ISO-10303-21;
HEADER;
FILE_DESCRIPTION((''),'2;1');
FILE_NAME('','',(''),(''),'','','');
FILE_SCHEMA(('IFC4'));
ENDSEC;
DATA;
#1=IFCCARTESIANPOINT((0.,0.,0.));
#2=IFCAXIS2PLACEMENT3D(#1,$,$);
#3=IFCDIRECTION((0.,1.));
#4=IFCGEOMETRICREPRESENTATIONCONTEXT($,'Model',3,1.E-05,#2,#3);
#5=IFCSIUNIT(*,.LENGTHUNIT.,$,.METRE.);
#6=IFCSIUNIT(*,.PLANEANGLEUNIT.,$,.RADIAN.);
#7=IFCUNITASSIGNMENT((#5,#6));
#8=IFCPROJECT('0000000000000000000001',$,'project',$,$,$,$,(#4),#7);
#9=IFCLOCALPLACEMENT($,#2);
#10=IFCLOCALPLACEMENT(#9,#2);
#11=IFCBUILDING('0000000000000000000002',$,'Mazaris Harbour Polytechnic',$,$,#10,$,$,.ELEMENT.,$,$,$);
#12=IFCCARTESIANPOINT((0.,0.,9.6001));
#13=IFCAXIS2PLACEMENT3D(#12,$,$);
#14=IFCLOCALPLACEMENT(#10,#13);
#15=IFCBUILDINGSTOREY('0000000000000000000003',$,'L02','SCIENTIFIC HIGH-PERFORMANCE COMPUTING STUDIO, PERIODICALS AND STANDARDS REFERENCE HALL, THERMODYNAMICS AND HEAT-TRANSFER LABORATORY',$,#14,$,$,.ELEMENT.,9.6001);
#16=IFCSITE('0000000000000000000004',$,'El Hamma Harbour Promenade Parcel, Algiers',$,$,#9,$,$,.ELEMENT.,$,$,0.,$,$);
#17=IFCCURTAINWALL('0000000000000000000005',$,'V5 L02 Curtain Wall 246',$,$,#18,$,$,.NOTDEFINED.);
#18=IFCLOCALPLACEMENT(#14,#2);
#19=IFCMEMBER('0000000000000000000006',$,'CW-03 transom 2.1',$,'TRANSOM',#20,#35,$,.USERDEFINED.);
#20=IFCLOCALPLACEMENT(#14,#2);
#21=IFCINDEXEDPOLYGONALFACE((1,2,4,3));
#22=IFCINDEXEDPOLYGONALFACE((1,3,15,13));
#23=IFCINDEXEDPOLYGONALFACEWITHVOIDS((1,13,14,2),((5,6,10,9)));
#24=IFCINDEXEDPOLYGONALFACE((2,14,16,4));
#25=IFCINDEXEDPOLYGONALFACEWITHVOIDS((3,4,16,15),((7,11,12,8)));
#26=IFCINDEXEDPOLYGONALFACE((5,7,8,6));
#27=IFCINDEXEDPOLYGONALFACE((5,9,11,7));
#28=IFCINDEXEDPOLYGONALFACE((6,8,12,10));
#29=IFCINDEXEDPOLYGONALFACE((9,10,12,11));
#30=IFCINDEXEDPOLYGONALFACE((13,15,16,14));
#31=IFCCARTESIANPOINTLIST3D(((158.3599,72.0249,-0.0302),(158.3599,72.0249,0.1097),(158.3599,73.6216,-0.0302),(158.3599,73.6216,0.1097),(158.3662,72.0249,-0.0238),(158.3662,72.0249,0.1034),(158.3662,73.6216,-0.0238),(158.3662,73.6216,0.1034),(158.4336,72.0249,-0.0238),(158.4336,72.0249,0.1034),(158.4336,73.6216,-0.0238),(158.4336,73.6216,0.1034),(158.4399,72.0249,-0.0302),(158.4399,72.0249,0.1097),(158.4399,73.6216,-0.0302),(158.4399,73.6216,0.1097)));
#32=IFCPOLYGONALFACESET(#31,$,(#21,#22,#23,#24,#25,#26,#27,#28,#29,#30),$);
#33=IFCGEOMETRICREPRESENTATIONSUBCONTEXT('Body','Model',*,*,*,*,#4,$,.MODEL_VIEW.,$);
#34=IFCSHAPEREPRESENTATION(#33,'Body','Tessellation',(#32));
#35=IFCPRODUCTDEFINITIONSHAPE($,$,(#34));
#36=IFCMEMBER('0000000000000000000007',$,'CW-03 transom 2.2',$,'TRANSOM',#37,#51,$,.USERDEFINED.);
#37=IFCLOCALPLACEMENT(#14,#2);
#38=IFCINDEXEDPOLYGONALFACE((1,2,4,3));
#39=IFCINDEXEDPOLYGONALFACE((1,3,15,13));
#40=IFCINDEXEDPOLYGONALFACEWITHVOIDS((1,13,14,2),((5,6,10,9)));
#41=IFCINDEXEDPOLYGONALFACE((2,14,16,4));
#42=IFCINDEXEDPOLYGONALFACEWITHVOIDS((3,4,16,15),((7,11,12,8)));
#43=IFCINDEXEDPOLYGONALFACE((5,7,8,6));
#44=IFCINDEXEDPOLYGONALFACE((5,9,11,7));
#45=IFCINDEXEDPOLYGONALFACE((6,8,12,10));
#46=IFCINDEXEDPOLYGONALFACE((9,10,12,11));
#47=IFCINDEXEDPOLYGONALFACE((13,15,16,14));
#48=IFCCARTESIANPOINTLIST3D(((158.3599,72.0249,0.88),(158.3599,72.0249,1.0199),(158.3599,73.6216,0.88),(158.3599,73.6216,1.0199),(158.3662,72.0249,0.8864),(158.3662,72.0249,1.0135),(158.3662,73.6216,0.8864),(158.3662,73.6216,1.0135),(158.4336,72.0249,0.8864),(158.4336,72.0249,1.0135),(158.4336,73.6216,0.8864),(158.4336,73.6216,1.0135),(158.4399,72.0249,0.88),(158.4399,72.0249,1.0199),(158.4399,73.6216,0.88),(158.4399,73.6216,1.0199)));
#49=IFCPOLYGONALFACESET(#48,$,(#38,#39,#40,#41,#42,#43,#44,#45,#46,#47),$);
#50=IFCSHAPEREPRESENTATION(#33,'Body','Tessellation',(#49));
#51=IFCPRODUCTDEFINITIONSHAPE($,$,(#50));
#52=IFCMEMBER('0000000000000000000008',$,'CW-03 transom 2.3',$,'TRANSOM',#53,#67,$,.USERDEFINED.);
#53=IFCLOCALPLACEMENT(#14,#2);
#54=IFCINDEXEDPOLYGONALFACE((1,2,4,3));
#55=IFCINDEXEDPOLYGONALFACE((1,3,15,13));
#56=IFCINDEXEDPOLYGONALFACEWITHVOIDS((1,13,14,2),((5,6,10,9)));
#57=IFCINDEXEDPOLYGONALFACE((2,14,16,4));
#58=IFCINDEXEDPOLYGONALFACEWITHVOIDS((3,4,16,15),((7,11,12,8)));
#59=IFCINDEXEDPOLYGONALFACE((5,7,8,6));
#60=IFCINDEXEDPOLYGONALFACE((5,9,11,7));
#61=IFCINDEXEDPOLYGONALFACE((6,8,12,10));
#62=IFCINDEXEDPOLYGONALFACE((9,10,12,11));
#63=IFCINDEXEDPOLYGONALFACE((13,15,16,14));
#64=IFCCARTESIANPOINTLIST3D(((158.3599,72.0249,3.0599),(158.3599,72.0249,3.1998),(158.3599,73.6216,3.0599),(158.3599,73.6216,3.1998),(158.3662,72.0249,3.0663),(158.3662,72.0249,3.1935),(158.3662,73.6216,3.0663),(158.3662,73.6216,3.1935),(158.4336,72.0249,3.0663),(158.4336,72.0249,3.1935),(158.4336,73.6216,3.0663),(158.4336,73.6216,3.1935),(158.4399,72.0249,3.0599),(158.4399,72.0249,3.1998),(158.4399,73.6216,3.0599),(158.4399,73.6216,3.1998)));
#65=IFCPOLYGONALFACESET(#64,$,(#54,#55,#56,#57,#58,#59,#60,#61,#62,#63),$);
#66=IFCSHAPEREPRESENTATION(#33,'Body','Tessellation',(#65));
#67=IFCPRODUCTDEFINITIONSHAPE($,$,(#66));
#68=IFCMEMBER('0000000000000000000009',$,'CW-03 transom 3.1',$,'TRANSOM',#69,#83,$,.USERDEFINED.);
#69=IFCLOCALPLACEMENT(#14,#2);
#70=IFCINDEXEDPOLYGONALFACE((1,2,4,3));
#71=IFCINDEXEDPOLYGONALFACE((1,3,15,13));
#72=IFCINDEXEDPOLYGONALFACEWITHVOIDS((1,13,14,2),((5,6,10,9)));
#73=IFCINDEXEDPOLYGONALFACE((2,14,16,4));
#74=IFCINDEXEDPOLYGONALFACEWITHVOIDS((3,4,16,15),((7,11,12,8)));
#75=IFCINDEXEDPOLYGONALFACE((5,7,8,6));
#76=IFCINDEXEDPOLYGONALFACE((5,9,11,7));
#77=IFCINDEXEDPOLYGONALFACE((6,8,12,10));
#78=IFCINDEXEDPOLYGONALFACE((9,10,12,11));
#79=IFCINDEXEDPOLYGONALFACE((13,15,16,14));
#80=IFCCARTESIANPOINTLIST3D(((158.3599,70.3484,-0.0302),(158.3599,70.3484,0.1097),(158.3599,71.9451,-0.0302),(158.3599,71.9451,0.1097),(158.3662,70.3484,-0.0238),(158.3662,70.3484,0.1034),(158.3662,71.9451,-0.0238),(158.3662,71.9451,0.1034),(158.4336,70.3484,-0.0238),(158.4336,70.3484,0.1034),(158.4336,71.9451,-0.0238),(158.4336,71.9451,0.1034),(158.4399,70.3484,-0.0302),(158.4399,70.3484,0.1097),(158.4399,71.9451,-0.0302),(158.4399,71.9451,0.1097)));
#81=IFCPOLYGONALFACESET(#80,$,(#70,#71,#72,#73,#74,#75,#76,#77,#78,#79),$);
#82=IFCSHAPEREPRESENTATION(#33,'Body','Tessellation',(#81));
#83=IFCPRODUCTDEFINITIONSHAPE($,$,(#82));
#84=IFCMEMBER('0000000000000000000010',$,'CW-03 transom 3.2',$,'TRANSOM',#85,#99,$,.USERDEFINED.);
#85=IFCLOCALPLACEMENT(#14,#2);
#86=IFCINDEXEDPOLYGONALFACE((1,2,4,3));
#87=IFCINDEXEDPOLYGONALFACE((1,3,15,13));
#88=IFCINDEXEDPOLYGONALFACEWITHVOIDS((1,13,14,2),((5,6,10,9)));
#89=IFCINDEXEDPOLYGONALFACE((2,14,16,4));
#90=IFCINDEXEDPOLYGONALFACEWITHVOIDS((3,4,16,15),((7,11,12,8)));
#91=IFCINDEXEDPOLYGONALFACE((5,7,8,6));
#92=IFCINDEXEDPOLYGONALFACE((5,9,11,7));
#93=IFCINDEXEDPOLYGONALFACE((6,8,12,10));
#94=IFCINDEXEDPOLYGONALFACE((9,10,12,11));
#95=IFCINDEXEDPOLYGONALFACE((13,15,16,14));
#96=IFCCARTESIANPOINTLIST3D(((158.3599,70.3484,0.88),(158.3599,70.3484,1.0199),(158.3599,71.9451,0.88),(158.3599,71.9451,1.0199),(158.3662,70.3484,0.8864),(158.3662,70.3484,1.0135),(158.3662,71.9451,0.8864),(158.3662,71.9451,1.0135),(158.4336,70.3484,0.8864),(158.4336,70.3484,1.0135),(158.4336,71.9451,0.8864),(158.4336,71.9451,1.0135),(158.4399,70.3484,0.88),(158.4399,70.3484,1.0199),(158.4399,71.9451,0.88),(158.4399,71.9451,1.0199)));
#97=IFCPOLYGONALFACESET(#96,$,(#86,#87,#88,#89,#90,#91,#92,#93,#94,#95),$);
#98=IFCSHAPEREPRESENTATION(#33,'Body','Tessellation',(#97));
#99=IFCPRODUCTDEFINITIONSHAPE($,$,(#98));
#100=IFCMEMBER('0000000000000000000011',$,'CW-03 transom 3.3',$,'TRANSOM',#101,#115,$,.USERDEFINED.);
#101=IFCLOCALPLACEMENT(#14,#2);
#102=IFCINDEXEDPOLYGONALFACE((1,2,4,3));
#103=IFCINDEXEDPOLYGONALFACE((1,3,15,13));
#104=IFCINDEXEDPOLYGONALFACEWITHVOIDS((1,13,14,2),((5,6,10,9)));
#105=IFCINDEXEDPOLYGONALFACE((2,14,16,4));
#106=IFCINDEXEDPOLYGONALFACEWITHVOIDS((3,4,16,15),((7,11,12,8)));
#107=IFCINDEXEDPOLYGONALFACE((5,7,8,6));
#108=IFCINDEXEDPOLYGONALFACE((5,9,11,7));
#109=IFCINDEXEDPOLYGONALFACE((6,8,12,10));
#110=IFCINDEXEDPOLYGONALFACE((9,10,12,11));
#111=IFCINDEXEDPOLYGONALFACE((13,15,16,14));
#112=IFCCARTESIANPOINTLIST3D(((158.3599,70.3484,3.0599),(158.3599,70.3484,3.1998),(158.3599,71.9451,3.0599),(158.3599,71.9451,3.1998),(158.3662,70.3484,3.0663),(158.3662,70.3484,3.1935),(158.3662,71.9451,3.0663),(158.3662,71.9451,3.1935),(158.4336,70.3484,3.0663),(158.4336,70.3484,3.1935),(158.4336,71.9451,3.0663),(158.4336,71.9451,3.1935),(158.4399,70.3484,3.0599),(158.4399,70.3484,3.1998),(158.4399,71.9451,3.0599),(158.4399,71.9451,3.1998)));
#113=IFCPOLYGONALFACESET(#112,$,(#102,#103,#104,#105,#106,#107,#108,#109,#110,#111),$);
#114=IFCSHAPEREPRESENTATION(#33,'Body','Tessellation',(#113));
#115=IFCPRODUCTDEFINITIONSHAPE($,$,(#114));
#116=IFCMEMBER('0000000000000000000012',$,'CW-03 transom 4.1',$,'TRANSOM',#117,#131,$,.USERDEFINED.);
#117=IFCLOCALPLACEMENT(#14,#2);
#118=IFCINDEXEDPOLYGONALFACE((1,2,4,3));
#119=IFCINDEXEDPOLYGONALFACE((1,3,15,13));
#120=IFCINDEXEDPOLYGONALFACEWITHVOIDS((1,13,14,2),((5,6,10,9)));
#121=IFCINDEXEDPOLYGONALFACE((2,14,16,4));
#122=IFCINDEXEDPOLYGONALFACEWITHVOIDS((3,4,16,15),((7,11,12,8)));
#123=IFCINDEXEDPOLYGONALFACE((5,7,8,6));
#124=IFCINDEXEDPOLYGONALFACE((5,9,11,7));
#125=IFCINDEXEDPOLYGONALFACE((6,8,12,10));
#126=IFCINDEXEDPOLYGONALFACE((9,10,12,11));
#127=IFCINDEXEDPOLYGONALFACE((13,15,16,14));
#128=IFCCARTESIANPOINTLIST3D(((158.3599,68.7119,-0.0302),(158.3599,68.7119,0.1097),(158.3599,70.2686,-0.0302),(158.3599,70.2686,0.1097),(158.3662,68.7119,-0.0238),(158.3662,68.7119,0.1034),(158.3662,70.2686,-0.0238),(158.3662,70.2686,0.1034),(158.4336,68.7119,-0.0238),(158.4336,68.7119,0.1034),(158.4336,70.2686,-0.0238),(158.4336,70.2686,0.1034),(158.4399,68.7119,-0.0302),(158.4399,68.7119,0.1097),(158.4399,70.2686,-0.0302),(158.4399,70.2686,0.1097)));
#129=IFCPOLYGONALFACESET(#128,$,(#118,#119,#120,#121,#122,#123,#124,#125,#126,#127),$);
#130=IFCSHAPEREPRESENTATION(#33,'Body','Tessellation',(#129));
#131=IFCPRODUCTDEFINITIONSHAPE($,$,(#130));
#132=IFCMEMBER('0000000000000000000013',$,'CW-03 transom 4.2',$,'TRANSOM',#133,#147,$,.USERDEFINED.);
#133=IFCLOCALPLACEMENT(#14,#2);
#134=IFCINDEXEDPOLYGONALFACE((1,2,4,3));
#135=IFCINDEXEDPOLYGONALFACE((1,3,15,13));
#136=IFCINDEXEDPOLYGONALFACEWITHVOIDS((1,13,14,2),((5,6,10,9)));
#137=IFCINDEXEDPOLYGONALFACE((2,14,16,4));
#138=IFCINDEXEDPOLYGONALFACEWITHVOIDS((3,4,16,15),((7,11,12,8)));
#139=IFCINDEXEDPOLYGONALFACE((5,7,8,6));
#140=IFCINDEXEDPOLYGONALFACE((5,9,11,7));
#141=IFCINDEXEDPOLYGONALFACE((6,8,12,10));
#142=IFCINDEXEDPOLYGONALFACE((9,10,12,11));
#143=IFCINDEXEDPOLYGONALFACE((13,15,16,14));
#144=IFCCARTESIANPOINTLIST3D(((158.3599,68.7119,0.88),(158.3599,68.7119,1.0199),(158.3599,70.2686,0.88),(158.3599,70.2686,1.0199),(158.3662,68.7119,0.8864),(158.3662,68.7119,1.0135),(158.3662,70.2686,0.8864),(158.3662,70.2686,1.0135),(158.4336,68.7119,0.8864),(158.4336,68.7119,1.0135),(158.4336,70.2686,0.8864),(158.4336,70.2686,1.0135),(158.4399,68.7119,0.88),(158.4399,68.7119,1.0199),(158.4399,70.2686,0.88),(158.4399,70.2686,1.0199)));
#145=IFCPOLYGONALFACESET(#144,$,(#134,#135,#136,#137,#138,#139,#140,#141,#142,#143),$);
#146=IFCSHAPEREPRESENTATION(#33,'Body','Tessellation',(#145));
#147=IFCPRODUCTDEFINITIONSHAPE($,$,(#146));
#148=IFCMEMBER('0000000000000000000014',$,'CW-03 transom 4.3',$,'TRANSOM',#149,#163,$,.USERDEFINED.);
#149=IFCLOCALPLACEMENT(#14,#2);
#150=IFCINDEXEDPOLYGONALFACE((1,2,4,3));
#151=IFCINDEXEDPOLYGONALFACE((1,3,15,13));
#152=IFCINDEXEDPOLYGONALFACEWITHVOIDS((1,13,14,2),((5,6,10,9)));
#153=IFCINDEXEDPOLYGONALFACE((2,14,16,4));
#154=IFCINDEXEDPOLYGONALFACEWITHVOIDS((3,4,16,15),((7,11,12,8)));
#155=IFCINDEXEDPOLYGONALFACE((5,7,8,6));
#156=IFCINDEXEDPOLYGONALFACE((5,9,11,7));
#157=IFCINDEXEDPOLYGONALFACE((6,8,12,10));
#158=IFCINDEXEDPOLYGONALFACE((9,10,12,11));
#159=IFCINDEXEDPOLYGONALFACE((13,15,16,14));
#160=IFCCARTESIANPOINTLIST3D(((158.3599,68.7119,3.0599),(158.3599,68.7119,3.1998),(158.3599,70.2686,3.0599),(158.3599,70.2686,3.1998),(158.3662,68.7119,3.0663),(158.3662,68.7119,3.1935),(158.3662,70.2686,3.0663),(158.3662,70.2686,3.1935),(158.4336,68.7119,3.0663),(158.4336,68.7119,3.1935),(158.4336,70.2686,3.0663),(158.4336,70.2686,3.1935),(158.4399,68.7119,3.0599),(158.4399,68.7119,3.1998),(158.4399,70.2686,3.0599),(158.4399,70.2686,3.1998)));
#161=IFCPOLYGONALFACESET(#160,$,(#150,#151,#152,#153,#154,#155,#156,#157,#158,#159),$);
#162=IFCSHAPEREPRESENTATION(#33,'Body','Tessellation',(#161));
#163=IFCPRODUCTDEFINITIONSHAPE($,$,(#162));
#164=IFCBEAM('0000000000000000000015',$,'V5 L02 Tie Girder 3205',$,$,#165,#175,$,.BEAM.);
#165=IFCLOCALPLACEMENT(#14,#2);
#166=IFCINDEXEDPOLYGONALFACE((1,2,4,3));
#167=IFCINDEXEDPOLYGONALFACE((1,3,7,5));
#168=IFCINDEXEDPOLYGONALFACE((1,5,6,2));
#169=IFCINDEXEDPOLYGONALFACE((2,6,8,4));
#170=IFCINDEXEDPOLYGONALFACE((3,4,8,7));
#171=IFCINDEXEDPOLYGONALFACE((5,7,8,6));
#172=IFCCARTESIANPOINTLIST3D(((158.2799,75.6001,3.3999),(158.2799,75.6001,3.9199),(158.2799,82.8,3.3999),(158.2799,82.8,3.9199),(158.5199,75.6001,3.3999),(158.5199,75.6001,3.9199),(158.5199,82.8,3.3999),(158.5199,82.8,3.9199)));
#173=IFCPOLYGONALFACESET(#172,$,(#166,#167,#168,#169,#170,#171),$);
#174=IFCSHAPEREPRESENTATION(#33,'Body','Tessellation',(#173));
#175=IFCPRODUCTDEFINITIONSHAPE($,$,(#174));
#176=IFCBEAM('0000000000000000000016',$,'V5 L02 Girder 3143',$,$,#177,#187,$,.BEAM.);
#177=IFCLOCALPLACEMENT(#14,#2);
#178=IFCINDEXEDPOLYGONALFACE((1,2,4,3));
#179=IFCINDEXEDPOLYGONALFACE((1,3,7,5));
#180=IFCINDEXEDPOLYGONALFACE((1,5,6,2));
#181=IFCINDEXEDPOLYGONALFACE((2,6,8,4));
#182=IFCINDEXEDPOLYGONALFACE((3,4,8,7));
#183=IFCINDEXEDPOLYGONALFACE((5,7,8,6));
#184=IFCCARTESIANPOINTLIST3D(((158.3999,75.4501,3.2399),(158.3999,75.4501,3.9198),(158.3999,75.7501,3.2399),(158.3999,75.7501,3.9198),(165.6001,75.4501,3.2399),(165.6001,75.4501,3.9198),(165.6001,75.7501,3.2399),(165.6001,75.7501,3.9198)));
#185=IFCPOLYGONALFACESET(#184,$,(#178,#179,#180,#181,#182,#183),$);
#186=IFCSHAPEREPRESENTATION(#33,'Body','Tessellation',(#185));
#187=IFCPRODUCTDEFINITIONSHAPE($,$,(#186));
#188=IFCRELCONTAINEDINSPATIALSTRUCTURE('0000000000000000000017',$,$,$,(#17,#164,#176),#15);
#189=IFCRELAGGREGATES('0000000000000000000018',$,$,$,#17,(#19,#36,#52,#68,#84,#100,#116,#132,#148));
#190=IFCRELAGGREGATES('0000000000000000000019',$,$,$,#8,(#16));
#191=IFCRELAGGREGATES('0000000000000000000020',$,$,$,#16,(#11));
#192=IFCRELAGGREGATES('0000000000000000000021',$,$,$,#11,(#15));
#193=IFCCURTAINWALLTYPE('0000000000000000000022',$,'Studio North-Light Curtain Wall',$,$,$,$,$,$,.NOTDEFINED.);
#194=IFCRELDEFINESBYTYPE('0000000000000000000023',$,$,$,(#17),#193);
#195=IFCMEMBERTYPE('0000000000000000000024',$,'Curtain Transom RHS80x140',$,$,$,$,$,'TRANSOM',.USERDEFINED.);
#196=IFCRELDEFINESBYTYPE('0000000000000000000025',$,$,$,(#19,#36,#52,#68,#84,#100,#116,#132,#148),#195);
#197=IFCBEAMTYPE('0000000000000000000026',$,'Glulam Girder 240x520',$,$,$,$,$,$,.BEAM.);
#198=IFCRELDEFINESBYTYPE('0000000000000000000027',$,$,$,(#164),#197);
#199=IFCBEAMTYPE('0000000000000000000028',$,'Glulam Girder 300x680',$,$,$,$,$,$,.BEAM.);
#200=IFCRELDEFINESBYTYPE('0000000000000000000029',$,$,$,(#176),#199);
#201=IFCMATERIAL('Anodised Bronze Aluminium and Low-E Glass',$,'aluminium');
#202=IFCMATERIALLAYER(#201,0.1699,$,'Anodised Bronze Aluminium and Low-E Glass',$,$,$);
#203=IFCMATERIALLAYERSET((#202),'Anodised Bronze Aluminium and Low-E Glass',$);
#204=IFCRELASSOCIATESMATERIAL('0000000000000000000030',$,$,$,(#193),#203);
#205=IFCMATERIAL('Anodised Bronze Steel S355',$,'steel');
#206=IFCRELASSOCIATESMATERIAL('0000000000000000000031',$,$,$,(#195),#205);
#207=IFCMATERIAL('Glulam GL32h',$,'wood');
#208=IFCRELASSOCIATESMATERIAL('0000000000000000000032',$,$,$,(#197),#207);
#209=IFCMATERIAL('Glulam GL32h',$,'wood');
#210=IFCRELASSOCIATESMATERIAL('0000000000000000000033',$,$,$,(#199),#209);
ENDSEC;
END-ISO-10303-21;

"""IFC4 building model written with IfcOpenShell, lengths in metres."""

from ifc_helpers import new_model, si_unit, direction, frame, origin, origin_2d, place, context, subcontext, project, spatial, rectangle, hollow_rectangle, extrude, material, layer, layer_set, material_profile, profile_set, type_object, element, aggregate, save


model = new_model("IFC4")

# Units and contexts
model_context = context("Model", 3, precision=1e-05, world=origin(), true_north=direction((0.0, 1.0)))
body_context = subcontext(model_context, "Body", "Model", "MODEL_VIEW")
ifc_project = project(units=[si_unit("LENGTHUNIT", "METRE"), si_unit("PLANEANGLEUNIT", "RADIAN")], contexts=[model_context])

# Site, building, storey
site_placement = place(None, origin())
site = spatial("IfcSite", under=ifc_project, at=site_placement, Name="El Hamma Harbour Promenade Parcel, Algiers", CompositionType="ELEMENT", RefElevation=0.0)
building_placement = place(site_placement, origin())
building = spatial("IfcBuilding", under=site, at=building_placement, Name="Mazaris Harbour Polytechnic", CompositionType="ELEMENT")
storey_placement = place(building_placement, frame((0.0, 0.0, 9.6001)))
storey = spatial("IfcBuildingStorey", under=building, at=storey_placement, Name="L02", Description="SCIENTIFIC HIGH-PERFORMANCE COMPUTING STUDIO, PERIODICALS AND STANDARDS REFERENCE HALL, THERMODYNAMICS AND HEAT-TRANSFER LABORATORY", CompositionType="ELEMENT", Elevation=9.6001)

# Curtain wall
ifc_material_1 = material(Name="Anodised Bronze Aluminium and Low-E Glass", Category="aluminium")
ifc_layer_1 = layer(ifc_material_1, 0.1699, Name="Anodised Bronze Aluminium and Low-E Glass")
ifc_layer_set_1 = layer_set([ifc_layer_1], Name="Anodised Bronze Aluminium and Low-E Glass")
curtain_wall_type = type_object("IfcCurtainWallType", Name="Studio North-Light Curtain Wall", PredefinedType="NOTDEFINED", material=ifc_layer_set_1)
curtain_wall_1_placement = place(storey_placement, origin())
curtain_wall_1 = element("IfcCurtainWall", 1, at=curtain_wall_1_placement, inside=storey, type_object=curtain_wall_type, Name="V5 L02 Curtain Wall 246", PredefinedType="NOTDEFINED")

# Members
ifc_material_2 = material(Name="Anodised Bronze Steel S355", Category="steel")
ifc_material_profile_1 = material_profile(ifc_material_2, hollow_rectangle(XDim=0.0801, YDim=0.1399, WallThickness=0.0063, at=origin_2d()), Name="RHS 80x140x6.3")
ifc_profile_set_1 = profile_set([ifc_material_profile_1], Name="Anodised Bronze Steel S355")
member_type_1 = type_object("IfcMemberType", Name="Curtain Transom RHS80x140", ElementType="TRANSOM", PredefinedType="USERDEFINED", material=ifc_profile_set_1)
member_1_placement = place(storey_placement, frame((158.3999, 73.6216, 0.0398), z_axis=(0.0, -1.0, 0.0), x_axis=(1.0, 0.0, 0.0)))
member_1 = element("IfcMember", 2, at=member_1_placement, type_object=member_type_1, Name="CW-03 transom 2.1", ObjectType="TRANSOM", PredefinedType="USERDEFINED", context=body_context, shape_type="SweptSolid", body=[
    extrude(hollow_rectangle(XDim=0.0801, YDim=0.1399, WallThickness=0.0063, at=origin_2d()), origin(), (0.0, 0.0, 1.0), 1.5967),
])
member_2_placement = place(storey_placement, frame((158.3999, 73.6216, 0.95), z_axis=(0.0, -1.0, 0.0), x_axis=(1.0, 0.0, 0.0)))
member_2 = element("IfcMember", 3, at=member_2_placement, type_object=member_type_1, Name="CW-03 transom 2.2", ObjectType="TRANSOM", PredefinedType="USERDEFINED", context=body_context, shape_type="SweptSolid", body=[
    extrude(hollow_rectangle(XDim=0.0801, YDim=0.1399, WallThickness=0.0063, at=origin_2d()), origin(), (0.0, 0.0, 1.0), 1.5967),
])
member_3_placement = place(storey_placement, frame((158.3999, 73.6216, 3.1299), z_axis=(0.0, -1.0, 0.0), x_axis=(1.0, 0.0, 0.0)))
member_3 = element("IfcMember", 4, at=member_3_placement, type_object=member_type_1, Name="CW-03 transom 2.3", ObjectType="TRANSOM", PredefinedType="USERDEFINED", context=body_context, shape_type="SweptSolid", body=[
    extrude(hollow_rectangle(XDim=0.0801, YDim=0.1399, WallThickness=0.0063, at=origin_2d()), origin(), (0.0, 0.0, 1.0), 1.5967),
])
member_4_placement = place(storey_placement, frame((158.3999, 71.9451, 0.0398), z_axis=(0.0, -1.0, 0.0), x_axis=(1.0, 0.0, 0.0)))
member_4 = element("IfcMember", 5, at=member_4_placement, type_object=member_type_1, Name="CW-03 transom 3.1", ObjectType="TRANSOM", PredefinedType="USERDEFINED", context=body_context, shape_type="SweptSolid", body=[
    extrude(hollow_rectangle(XDim=0.0801, YDim=0.1399, WallThickness=0.0063, at=origin_2d()), origin(), (0.0, 0.0, 1.0), 1.5967),
])
member_5_placement = place(storey_placement, frame((158.3999, 71.9451, 0.95), z_axis=(0.0, -1.0, 0.0), x_axis=(1.0, 0.0, 0.0)))
member_5 = element("IfcMember", 6, at=member_5_placement, type_object=member_type_1, Name="CW-03 transom 3.2", ObjectType="TRANSOM", PredefinedType="USERDEFINED", context=body_context, shape_type="SweptSolid", body=[
    extrude(hollow_rectangle(XDim=0.0801, YDim=0.1399, WallThickness=0.0063, at=origin_2d()), origin(), (0.0, 0.0, 1.0), 1.5967),
])
member_6_placement = place(storey_placement, frame((158.3999, 71.9451, 3.1299), z_axis=(0.0, -1.0, 0.0), x_axis=(1.0, 0.0, 0.0)))
member_6 = element("IfcMember", 7, at=member_6_placement, type_object=member_type_1, Name="CW-03 transom 3.3", ObjectType="TRANSOM", PredefinedType="USERDEFINED", context=body_context, shape_type="SweptSolid", body=[
    extrude(hollow_rectangle(XDim=0.0801, YDim=0.1399, WallThickness=0.0063, at=origin_2d()), origin(), (0.0, 0.0, 1.0), 1.5967),
])
member_7_placement = place(storey_placement, frame((158.3999, 70.2686, 0.0398), z_axis=(0.0, -1.0, 0.0), x_axis=(1.0, 0.0, 0.0)))
member_7 = element("IfcMember", 8, at=member_7_placement, type_object=member_type_1, Name="CW-03 transom 4.1", ObjectType="TRANSOM", PredefinedType="USERDEFINED", context=body_context, shape_type="SweptSolid", body=[
    extrude(hollow_rectangle(XDim=0.0801, YDim=0.1399, WallThickness=0.0063, at=origin_2d()), origin(), (0.0, 0.0, 1.0), 1.5566),
])
member_8_placement = place(storey_placement, frame((158.3999, 70.2686, 0.95), z_axis=(0.0, -1.0, 0.0), x_axis=(1.0, 0.0, 0.0)))
member_8 = element("IfcMember", 9, at=member_8_placement, type_object=member_type_1, Name="CW-03 transom 4.2", ObjectType="TRANSOM", PredefinedType="USERDEFINED", context=body_context, shape_type="SweptSolid", body=[
    extrude(hollow_rectangle(XDim=0.0801, YDim=0.1399, WallThickness=0.0063, at=origin_2d()), origin(), (0.0, 0.0, 1.0), 1.5566),
])
member_9_placement = place(storey_placement, frame((158.3999, 70.2686, 3.1299), z_axis=(0.0, -1.0, 0.0), x_axis=(1.0, 0.0, 0.0)))
member_9 = element("IfcMember", 10, at=member_9_placement, type_object=member_type_1, Name="CW-03 transom 4.3", ObjectType="TRANSOM", PredefinedType="USERDEFINED", context=body_context, shape_type="SweptSolid", body=[
    extrude(hollow_rectangle(XDim=0.0801, YDim=0.1399, WallThickness=0.0063, at=origin_2d()), origin(), (0.0, 0.0, 1.0), 1.5566),
])

# Beams
ifc_material_3 = material(Name="Glulam GL32h", Category="wood")
ifc_material_profile_2 = material_profile(ifc_material_3, rectangle(XDim=0.24, YDim=0.52, at=origin_2d()), Name="RECT240x520")
ifc_profile_set_2 = profile_set([ifc_material_profile_2], Name="Glulam GL32h")
beam_type_1 = type_object("IfcBeamType", Name="Glulam Girder 240x520", PredefinedType="BEAM", material=ifc_profile_set_2)
beam_1_placement = place(storey_placement, frame((158.3999, 75.6001, 3.6599), z_axis=(0.0, 1.0, 0.0), x_axis=(-1.0, 0.0, 0.0)))
element("IfcBeam", 11, at=beam_1_placement, inside=storey, type_object=beam_type_1, Name="V5 L02 Tie Girder 3205", PredefinedType="BEAM", context=body_context, shape_type="SweptSolid", body=[
    extrude(rectangle(XDim=0.24, YDim=0.52, at=origin_2d()), origin(), (0.0, 0.0, 1.0), 7.2),
])
ifc_material_4 = material(Name="Glulam GL32h", Category="wood")
ifc_material_profile_3 = material_profile(ifc_material_4, rectangle(XDim=0.3, YDim=0.6799, at=origin_2d()), Name="RECT300x680")
ifc_profile_set_3 = profile_set([ifc_material_profile_3], Name="Glulam GL32h")
beam_type_2 = type_object("IfcBeamType", Name="Glulam Girder 300x680", PredefinedType="BEAM", material=ifc_profile_set_3)
beam_2_placement = place(storey_placement, frame((158.3999, 75.6001, 3.5798), z_axis=(1.0, 0.0, 0.0), x_axis=(0.0, 1.0, 0.0)))
element("IfcBeam", 12, at=beam_2_placement, inside=storey, type_object=beam_type_2, Name="V5 L02 Girder 3143", PredefinedType="BEAM", context=body_context, shape_type="SweptSolid", body=[
    extrude(rectangle(XDim=0.3, YDim=0.6799, at=origin_2d()), origin(), (0.0, 0.0, 1.0), 7.2002),
])

aggregate(curtain_wall_1, [member_1, member_2, member_3, member_4, member_5, member_6, member_7, member_8, member_9])

save(model, "model.ifc")
